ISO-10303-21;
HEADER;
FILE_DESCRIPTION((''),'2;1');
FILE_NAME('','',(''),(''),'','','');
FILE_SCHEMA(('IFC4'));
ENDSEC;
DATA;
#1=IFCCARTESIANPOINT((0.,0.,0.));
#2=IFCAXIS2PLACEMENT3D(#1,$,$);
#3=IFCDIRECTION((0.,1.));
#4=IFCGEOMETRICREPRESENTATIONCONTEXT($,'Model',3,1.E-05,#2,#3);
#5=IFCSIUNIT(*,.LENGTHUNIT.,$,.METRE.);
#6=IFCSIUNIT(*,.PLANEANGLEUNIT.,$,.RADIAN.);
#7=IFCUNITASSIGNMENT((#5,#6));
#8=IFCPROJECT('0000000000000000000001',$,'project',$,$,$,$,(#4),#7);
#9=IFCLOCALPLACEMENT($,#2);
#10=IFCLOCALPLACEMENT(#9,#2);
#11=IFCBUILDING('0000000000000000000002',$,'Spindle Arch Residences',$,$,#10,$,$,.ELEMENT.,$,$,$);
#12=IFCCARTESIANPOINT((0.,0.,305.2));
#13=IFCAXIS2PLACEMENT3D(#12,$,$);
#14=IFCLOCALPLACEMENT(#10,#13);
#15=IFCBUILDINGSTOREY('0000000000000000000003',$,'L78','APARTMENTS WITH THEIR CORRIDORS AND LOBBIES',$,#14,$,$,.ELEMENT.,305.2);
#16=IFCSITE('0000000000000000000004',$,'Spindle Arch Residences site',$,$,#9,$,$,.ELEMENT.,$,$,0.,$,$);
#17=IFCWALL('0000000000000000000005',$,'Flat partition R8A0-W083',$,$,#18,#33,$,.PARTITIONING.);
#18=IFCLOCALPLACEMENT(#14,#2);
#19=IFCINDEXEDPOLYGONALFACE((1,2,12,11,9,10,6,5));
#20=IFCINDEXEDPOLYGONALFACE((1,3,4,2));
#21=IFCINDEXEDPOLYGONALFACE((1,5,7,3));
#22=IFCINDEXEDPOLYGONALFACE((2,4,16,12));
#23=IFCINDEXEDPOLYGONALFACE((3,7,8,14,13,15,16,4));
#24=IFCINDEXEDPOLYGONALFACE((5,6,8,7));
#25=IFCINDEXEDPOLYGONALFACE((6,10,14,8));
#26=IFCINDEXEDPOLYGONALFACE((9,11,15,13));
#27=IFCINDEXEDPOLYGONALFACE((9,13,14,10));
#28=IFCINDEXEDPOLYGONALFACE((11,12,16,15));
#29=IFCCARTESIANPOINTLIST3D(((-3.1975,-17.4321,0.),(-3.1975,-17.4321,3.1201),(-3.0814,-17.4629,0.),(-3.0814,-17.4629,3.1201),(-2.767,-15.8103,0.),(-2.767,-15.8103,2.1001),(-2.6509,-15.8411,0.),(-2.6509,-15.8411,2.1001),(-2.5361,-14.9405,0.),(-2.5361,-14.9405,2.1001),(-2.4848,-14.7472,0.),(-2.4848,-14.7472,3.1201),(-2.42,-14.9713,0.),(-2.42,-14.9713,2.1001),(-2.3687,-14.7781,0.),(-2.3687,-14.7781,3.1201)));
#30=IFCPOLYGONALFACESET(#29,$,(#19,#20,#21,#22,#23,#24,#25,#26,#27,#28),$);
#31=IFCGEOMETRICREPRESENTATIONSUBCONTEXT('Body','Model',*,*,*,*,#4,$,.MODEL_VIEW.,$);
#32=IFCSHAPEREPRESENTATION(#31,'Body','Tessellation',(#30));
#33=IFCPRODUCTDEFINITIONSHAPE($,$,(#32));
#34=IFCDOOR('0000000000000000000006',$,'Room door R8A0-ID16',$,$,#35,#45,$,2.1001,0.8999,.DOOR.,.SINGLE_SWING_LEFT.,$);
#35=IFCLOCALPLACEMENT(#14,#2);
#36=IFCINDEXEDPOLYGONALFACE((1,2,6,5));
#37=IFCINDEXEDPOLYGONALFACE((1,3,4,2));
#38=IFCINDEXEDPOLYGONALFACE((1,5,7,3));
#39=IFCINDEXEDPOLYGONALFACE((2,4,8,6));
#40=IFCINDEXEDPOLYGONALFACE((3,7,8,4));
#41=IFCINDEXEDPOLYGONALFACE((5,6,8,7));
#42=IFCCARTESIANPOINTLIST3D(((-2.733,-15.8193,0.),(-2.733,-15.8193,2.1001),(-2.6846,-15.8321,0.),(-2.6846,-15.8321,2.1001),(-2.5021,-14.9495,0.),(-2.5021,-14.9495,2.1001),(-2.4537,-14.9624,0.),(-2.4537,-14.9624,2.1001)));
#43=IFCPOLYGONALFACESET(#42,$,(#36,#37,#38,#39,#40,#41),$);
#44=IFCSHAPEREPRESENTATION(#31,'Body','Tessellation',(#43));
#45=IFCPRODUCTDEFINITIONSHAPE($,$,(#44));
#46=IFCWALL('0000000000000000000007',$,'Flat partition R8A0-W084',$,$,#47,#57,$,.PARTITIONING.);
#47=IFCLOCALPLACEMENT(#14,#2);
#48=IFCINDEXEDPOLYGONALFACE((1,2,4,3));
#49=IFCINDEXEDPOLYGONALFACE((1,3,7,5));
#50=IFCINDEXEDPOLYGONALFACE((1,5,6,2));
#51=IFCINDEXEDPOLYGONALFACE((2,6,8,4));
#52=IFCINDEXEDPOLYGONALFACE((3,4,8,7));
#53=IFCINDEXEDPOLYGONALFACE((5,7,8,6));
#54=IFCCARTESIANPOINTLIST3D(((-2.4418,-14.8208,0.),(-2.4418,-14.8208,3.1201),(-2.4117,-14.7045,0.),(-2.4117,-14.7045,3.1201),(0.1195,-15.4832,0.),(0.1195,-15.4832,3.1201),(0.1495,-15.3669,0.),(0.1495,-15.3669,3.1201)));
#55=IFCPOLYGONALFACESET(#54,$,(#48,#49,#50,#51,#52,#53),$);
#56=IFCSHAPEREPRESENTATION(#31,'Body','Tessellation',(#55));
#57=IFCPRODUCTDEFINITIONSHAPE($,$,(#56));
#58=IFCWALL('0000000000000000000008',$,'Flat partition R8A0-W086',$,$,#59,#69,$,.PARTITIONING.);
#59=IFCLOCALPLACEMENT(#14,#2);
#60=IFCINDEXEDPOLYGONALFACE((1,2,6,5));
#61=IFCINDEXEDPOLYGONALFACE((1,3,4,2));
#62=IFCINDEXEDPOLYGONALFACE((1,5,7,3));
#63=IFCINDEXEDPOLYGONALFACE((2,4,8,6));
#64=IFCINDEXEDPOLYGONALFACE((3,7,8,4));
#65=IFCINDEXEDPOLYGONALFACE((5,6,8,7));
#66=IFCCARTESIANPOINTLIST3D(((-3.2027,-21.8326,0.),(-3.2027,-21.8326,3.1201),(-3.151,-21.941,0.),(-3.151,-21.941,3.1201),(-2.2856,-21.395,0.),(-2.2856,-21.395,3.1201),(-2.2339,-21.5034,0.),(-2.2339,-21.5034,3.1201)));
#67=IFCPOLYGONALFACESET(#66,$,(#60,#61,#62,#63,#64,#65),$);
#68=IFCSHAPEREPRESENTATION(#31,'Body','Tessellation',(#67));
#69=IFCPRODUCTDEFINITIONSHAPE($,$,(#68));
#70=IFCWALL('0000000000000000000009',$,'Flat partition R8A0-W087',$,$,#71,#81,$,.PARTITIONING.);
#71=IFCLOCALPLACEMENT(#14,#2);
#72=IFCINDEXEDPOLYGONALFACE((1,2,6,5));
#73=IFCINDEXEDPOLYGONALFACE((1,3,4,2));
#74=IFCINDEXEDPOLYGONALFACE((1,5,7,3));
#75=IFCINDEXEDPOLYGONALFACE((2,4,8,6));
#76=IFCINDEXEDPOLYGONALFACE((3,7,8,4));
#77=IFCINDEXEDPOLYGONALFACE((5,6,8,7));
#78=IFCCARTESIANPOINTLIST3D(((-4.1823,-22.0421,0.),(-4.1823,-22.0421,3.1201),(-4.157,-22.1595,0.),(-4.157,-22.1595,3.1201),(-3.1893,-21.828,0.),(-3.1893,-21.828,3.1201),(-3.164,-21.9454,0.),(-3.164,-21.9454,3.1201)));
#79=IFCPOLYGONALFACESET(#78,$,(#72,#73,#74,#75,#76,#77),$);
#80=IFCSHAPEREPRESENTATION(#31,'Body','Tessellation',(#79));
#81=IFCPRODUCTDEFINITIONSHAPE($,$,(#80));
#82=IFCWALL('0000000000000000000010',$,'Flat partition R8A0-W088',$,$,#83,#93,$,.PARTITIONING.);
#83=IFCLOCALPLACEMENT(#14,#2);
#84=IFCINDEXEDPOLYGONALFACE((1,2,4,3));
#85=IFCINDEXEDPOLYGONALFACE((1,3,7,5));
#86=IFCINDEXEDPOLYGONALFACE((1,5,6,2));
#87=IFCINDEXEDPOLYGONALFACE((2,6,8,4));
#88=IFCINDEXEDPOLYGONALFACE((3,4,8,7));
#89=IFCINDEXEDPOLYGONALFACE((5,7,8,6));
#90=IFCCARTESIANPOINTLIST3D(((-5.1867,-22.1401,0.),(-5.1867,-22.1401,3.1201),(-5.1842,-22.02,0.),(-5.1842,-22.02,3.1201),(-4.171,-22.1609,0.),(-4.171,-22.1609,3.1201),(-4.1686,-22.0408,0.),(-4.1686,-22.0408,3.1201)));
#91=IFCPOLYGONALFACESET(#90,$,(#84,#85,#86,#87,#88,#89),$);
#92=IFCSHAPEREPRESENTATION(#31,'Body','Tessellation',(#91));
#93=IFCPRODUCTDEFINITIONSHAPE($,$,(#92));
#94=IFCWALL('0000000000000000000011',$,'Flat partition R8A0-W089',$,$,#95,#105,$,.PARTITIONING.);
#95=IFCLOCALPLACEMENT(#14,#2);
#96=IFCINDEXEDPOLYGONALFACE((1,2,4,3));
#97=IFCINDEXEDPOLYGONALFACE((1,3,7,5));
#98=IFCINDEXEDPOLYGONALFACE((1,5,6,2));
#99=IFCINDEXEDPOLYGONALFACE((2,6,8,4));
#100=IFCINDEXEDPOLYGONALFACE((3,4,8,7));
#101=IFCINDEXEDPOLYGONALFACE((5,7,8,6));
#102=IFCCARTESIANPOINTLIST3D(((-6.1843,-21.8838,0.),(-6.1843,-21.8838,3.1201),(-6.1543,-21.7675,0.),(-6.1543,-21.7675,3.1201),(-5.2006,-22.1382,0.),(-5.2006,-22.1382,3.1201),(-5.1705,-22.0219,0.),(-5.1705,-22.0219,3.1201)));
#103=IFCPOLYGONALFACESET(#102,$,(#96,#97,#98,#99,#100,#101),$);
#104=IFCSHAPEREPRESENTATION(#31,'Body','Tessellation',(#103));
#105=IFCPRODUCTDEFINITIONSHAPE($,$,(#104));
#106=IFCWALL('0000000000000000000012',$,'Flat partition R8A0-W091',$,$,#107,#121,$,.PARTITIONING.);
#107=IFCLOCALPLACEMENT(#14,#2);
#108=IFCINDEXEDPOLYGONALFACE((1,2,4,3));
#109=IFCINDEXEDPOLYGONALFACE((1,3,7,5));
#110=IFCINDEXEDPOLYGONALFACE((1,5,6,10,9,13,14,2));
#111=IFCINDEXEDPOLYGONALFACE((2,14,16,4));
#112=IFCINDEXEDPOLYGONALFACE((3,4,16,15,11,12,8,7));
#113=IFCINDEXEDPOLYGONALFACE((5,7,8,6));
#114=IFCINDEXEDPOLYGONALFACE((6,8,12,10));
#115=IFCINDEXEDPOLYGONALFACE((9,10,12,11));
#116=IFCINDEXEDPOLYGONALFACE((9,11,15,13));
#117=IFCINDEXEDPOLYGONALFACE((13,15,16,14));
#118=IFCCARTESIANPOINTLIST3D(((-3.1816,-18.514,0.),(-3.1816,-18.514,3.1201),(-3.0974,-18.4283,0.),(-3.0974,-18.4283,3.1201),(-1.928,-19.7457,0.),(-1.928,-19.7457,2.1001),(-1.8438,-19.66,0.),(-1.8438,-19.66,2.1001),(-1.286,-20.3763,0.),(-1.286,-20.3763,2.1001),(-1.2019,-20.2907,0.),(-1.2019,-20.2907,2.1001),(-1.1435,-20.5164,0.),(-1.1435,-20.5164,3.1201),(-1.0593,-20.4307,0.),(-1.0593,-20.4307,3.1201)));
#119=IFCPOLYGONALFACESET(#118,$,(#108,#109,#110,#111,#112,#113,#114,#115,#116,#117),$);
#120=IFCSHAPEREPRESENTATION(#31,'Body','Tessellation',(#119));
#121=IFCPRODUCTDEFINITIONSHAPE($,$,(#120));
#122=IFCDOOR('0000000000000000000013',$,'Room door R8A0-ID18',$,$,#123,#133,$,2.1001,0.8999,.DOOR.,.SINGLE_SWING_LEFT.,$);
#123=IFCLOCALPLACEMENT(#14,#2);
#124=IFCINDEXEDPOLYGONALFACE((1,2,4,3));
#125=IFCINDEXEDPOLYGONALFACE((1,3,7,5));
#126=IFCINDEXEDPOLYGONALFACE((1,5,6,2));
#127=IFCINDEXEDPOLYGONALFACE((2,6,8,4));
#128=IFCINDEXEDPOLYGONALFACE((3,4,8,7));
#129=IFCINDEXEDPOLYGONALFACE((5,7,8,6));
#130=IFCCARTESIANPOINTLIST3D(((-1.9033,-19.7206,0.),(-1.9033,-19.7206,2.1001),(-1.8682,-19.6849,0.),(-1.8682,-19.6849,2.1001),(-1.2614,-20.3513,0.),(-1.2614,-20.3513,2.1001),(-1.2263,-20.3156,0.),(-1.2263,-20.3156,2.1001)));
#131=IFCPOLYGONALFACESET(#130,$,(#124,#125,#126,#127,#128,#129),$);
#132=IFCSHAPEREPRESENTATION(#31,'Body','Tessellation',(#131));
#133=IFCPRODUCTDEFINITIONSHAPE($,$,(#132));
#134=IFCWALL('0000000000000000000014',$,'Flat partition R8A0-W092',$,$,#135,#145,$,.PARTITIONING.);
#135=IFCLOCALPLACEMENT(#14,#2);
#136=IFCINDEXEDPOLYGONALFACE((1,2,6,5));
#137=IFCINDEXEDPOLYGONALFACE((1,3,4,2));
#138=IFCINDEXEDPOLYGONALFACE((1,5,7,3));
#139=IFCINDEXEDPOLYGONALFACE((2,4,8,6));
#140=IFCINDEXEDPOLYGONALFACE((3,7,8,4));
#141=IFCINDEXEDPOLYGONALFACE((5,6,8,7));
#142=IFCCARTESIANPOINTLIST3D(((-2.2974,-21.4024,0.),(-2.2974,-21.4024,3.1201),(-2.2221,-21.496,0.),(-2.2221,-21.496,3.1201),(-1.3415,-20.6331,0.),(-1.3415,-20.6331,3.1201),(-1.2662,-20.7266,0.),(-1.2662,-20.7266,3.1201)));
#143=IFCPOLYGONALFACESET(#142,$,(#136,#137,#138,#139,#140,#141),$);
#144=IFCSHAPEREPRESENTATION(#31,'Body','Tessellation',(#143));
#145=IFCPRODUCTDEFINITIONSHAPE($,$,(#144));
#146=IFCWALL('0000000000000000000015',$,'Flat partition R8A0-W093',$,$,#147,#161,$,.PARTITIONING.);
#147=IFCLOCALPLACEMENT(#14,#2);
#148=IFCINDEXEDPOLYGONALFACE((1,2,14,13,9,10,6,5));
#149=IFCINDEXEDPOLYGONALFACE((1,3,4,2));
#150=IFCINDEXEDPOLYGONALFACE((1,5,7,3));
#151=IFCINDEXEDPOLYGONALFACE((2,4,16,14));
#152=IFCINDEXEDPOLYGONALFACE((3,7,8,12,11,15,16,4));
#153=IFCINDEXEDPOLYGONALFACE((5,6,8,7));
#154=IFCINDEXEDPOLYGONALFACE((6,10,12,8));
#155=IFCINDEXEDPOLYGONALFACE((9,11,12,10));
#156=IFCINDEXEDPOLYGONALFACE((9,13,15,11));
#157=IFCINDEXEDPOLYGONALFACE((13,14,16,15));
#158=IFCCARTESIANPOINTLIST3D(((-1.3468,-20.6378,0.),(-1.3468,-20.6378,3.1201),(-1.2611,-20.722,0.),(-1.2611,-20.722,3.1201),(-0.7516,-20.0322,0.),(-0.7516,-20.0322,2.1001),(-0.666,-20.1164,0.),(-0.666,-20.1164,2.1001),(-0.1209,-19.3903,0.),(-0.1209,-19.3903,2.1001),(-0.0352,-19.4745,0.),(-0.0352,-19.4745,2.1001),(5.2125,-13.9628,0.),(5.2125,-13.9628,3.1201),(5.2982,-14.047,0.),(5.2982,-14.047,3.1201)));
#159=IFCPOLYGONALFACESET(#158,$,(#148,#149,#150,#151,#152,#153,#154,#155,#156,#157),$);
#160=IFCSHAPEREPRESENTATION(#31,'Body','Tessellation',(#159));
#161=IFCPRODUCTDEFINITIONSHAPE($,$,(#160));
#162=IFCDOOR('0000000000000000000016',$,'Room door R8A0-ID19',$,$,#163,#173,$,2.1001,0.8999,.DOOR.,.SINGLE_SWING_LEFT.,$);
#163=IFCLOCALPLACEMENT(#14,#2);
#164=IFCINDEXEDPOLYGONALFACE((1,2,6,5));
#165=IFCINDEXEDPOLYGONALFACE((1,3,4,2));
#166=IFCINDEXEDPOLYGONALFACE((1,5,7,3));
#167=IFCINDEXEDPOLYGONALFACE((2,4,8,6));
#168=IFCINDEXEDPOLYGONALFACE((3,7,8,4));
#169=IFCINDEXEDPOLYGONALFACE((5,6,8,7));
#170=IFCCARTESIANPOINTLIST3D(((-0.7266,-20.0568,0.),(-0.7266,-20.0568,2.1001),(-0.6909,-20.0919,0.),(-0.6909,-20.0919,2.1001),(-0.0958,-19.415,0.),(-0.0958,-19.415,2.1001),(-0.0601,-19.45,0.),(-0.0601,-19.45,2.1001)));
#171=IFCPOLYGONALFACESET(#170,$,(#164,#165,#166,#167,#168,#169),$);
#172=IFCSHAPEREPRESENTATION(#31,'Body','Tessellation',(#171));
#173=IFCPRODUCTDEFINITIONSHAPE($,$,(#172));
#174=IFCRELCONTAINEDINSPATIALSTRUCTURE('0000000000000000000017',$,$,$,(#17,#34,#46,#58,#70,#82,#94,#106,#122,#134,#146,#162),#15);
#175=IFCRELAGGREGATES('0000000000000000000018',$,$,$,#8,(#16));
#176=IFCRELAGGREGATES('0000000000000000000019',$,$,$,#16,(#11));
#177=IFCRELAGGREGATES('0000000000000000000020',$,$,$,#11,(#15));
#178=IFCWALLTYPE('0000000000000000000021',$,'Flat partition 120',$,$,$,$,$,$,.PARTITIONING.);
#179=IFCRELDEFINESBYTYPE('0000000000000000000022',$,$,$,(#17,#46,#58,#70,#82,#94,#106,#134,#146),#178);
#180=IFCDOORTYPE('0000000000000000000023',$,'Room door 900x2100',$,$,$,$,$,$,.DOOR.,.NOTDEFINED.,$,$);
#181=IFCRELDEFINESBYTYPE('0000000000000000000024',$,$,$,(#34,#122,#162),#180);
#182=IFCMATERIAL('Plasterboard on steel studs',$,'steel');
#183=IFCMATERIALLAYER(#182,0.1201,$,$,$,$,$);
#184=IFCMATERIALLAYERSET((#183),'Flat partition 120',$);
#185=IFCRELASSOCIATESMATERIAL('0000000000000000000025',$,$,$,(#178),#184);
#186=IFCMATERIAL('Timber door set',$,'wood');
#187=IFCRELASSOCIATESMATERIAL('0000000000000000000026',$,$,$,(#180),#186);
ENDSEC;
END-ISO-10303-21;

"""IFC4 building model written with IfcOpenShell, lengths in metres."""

from ifc_helpers import new_model, si_unit, direction, frame, frame_2d, origin, place, context, subcontext, project, spatial, rectangle, extrude, material, layer, layer_set, type_object, element, fill, save


model = new_model("IFC4")

# Units and contexts
model_context = context("Model", 3, precision=1e-05, world=origin(), true_north=direction((0.0, 1.0)))
body_context = subcontext(model_context, "Body", "Model", "MODEL_VIEW")
ifc_project = project(units=[si_unit("LENGTHUNIT", "METRE"), si_unit("PLANEANGLEUNIT", "RADIAN")], contexts=[model_context])

# Site, building, storey
site_placement = place(None, origin())
site = spatial("IfcSite", under=ifc_project, at=site_placement, Name="Spindle Arch Residences site", CompositionType="ELEMENT", RefElevation=0.0)
building_placement = place(site_placement, origin())
building = spatial("IfcBuilding", under=site, at=building_placement, Name="Spindle Arch Residences", CompositionType="ELEMENT")
storey_placement = place(building_placement, frame((0.0, 0.0, 305.2)))
storey = spatial("IfcBuildingStorey", under=building, at=storey_placement, Name="L78", Description="APARTMENTS WITH THEIR CORRIDORS AND LOBBIES", CompositionType="ELEMENT", Elevation=305.2)

# Shared definitions
ifc_material_1 = material(Name="Plasterboard on steel studs", Category="steel")
ifc_layer_1 = layer(ifc_material_1, 0.1201)
ifc_layer_set_1 = layer_set([ifc_layer_1], Name="Flat partition 120")
wall_type_1 = type_object("IfcWallType", Name="Flat partition 120", PredefinedType="PARTITIONING", material=ifc_layer_set_1)

# Wall, opening, door
wall_1_placement = place(storey_placement, frame((-3.1394, -17.4475, 0.0), z_axis=(0.0, 0.0, 1.0), x_axis=(0.256552, 0.96653, 0.0)))
wall_1 = element("IfcWall", 1, at=wall_1_placement, inside=storey, type_object=wall_type_1, Name="Flat partition R8A0-W083", PredefinedType="PARTITIONING", context=body_context, shape_type="SweptSolid", body=[
    extrude(rectangle(XDim=2.7778, YDim=0.1201, at=frame_2d((1.3889, 0.0))), origin(), (0.0, 0.0, 1.0), 3.1201),
])
opening_1_placement = place(wall_1_placement, frame((1.678, 0.0, 0.0)))
opening_1 = element("IfcOpeningElement", 2, at=opening_1_placement, cuts=wall_1, PredefinedType="OPENING", context=body_context, shape_type="SweptSolid", body=[
    extrude(rectangle(XDim=0.8999, YDim=2.1001, at=frame_2d((0.45, 1.05))), frame((0.0, 0.0701, 0.0), z_axis=(0.0, -1.0, 0.0), x_axis=(1.0, 0.0, 0.0)), (0.0, 0.0, 1.0), 0.1401),
])
ifc_material_2 = material(Name="Timber door set", Category="wood")
door_type = type_object("IfcDoorType", Name="Room door 900x2100", OperationType="NOTDEFINED", PredefinedType="DOOR", material=ifc_material_2)
door_1_placement = place(opening_1_placement, origin())
door_1 = element("IfcDoor", 3, at=door_1_placement, inside=storey, type_object=door_type, Name="Room door R8A0-ID16", OperationType="SINGLE_SWING_LEFT", OverallHeight=2.1001, OverallWidth=0.8999, PredefinedType="DOOR", context=body_context, shape_type="SweptSolid", body=[
    extrude(rectangle(XDim=0.8999, YDim=2.1001, at=frame_2d((0.45, 1.05))), frame((0.0, 0.0249, 0.0), z_axis=(0.0, -1.0, 0.0), x_axis=(1.0, 0.0, 0.0)), (0.0, 0.0, 1.0), 0.05),
])
fill(opening_1, door_1)

# Walls
wall_2_placement = place(storey_placement, frame((-2.4268, -14.7627, 0.0), z_axis=(0.0, 0.0, 1.0), x_axis=(0.968151, -0.250366, 0.0)))
element("IfcWall", 4, at=wall_2_placement, inside=storey, type_object=wall_type_1, Name="Flat partition R8A0-W084", PredefinedType="PARTITIONING", context=body_context, shape_type="SweptSolid", body=[
    extrude(rectangle(XDim=2.6455, YDim=0.1201, at=frame_2d((1.3228, 0.0))), origin(), (0.0, 0.0, 1.0), 3.1201),
])
wall_3_placement = place(storey_placement, frame((-2.2598, -21.4492, 0.0), z_axis=(0.0, 0.0, 1.0), x_axis=(-0.90254, -0.430605, 0.0)))
element("IfcWall", 5, at=wall_3_placement, inside=storey, type_object=wall_type_1, Name="Flat partition R8A0-W086", PredefinedType="PARTITIONING", context=body_context, shape_type="SweptSolid", body=[
    extrude(rectangle(XDim=1.0161, YDim=0.1201, at=frame_2d((0.5081, 0.0))), origin(), (0.0, 0.0, 1.0), 3.1201),
])
for number, where, z_axis, x_axis, name in (
    (6, (-3.1768, -21.8867, 0.0), (0.0, 0.0, 1.0), (-0.977541, -0.210743, 0.0), "Flat partition R8A0-W087"),
    (7, (-4.1699, -22.1008, 0.0), (0.0, 0.0, 1.0), (-0.999791, 0.020428, 0.0), "Flat partition R8A0-W088"),
):
    element("IfcWall", number, at=place(storey_placement, frame(where, z_axis=z_axis, x_axis=x_axis)), inside=storey, type_object=wall_type_1, Name=name, PredefinedType="PARTITIONING", context=body_context, shape_type="SweptSolid", body=[
        extrude(rectangle(XDim=1.0159, YDim=0.1201, at=frame_2d((0.5078, 0.0))), origin(), (0.0, 0.0, 1.0), 3.1201),
    ])
wall_4_placement = place(storey_placement, frame((-5.1855, -22.0801, 0.0), z_axis=(0.0, 0.0, 1.0), x_axis=(-0.968146, 0.250387, 0.0)))
element("IfcWall", 8, at=wall_4_placement, inside=storey, type_object=wall_type_1, Name="Flat partition R8A0-W089", PredefinedType="PARTITIONING", context=body_context, shape_type="SweptSolid", body=[
    extrude(rectangle(XDim=1.0161, YDim=0.1201, at=frame_2d((0.5081, 0.0))), origin(), (0.0, 0.0, 1.0), 3.1201),
])

# Wall, opening, door
wall_5_placement = place(storey_placement, frame((-1.1013, -20.4736, 0.0), z_axis=(0.0, 0.0, 1.0), x_axis=(-0.713317, 0.700842, 0.0)))
wall_5 = element("IfcWall", 9, at=wall_5_placement, inside=storey, type_object=wall_type_1, Name="Flat partition R8A0-W091", PredefinedType="PARTITIONING", context=body_context, shape_type="SweptSolid", body=[
    extrude(rectangle(XDim=2.8572, YDim=0.1201, at=frame_2d((1.4287, 0.0))), origin(), (0.0, 0.0, 1.0), 3.1201),
])
opening_2_placement = place(wall_5_placement, frame((0.2, 0.0, 0.0)))
opening_2 = element("IfcOpeningElement", 10, at=opening_2_placement, cuts=wall_5, PredefinedType="OPENING", context=body_context, shape_type="SweptSolid", body=[
    extrude(rectangle(XDim=0.8999, YDim=2.1001, at=frame_2d((0.45, 1.05))), frame((0.0, 0.0701, 0.0), z_axis=(0.0, -1.0, 0.0), x_axis=(1.0, 0.0, 0.0)), (0.0, 0.0, 1.0), 0.1401),
])
door_2_placement = place(opening_2_placement, origin())
door_2 = element("IfcDoor", 11, at=door_2_placement, inside=storey, type_object=door_type, Name="Room door R8A0-ID18", OperationType="SINGLE_SWING_LEFT", OverallHeight=2.1001, OverallWidth=0.8999, PredefinedType="DOOR", context=body_context, shape_type="SweptSolid", body=[
    extrude(rectangle(XDim=0.8999, YDim=2.1001, at=frame_2d((0.45, 1.05))), frame((0.0, 0.0249, 0.0), z_axis=(0.0, -1.0, 0.0), x_axis=(1.0, 0.0, 0.0)), (0.0, 0.0, 1.0), 0.05),
])
fill(opening_2, door_2)

# Wall
wall_6_placement = place(storey_placement, frame((-2.2598, -21.4492, 0.0), z_axis=(0.0, 0.0, 1.0), x_axis=(0.779021, 0.626998, 0.0)))
element("IfcWall", 12, at=wall_6_placement, inside=storey, type_object=wall_type_1, Name="Flat partition R8A0-W092", PredefinedType="PARTITIONING", context=body_context, shape_type="SweptSolid", body=[
    extrude(rectangle(XDim=1.2271, YDim=0.1201, at=frame_2d((0.6135, 0.0))), origin(), (0.0, 0.0, 1.0), 3.1201),
])

# Wall, opening, door
wall_7_placement = place(storey_placement, frame((-1.304, -20.6799, 0.0), z_axis=(0.0, 0.0, 1.0), x_axis=(0.700897, 0.713263, 0.0)))
wall_7 = element("IfcWall", 13, at=wall_7_placement, inside=storey, type_object=wall_type_1, Name="Flat partition R8A0-W093", PredefinedType="PARTITIONING", context=body_context, shape_type="SweptSolid", body=[
    extrude(rectangle(XDim=9.3584, YDim=0.1201, at=frame_2d((4.6792, 0.0))), origin(), (0.0, 0.0, 1.0), 3.1201),
])
opening_3_placement = place(wall_7_placement, frame((0.8491, 0.0, 0.0)))
opening_3 = element("IfcOpeningElement", 14, at=opening_3_placement, cuts=wall_7, PredefinedType="OPENING", context=body_context, shape_type="SweptSolid", body=[
    extrude(rectangle(XDim=0.8999, YDim=2.1001, at=frame_2d((0.45, 1.05))), frame((0.0, 0.0701, 0.0), z_axis=(0.0, -1.0, 0.0), x_axis=(1.0, 0.0, 0.0)), (0.0, 0.0, 1.0), 0.1401),
])
door_3_placement = place(opening_3_placement, origin())
door_3 = element("IfcDoor", 15, at=door_3_placement, inside=storey, type_object=door_type, Name="Room door R8A0-ID19", OperationType="SINGLE_SWING_LEFT", OverallHeight=2.1001, OverallWidth=0.8999, PredefinedType="DOOR", context=body_context, shape_type="SweptSolid", body=[
    extrude(rectangle(XDim=0.8999, YDim=2.1001, at=frame_2d((0.45, 1.05))), frame((0.0, 0.0249, 0.0), z_axis=(0.0, -1.0, 0.0), x_axis=(1.0, 0.0, 0.0)), (0.0, 0.0, 1.0), 0.05),
])
fill(opening_3, door_3)

save(model, "model.ifc")
